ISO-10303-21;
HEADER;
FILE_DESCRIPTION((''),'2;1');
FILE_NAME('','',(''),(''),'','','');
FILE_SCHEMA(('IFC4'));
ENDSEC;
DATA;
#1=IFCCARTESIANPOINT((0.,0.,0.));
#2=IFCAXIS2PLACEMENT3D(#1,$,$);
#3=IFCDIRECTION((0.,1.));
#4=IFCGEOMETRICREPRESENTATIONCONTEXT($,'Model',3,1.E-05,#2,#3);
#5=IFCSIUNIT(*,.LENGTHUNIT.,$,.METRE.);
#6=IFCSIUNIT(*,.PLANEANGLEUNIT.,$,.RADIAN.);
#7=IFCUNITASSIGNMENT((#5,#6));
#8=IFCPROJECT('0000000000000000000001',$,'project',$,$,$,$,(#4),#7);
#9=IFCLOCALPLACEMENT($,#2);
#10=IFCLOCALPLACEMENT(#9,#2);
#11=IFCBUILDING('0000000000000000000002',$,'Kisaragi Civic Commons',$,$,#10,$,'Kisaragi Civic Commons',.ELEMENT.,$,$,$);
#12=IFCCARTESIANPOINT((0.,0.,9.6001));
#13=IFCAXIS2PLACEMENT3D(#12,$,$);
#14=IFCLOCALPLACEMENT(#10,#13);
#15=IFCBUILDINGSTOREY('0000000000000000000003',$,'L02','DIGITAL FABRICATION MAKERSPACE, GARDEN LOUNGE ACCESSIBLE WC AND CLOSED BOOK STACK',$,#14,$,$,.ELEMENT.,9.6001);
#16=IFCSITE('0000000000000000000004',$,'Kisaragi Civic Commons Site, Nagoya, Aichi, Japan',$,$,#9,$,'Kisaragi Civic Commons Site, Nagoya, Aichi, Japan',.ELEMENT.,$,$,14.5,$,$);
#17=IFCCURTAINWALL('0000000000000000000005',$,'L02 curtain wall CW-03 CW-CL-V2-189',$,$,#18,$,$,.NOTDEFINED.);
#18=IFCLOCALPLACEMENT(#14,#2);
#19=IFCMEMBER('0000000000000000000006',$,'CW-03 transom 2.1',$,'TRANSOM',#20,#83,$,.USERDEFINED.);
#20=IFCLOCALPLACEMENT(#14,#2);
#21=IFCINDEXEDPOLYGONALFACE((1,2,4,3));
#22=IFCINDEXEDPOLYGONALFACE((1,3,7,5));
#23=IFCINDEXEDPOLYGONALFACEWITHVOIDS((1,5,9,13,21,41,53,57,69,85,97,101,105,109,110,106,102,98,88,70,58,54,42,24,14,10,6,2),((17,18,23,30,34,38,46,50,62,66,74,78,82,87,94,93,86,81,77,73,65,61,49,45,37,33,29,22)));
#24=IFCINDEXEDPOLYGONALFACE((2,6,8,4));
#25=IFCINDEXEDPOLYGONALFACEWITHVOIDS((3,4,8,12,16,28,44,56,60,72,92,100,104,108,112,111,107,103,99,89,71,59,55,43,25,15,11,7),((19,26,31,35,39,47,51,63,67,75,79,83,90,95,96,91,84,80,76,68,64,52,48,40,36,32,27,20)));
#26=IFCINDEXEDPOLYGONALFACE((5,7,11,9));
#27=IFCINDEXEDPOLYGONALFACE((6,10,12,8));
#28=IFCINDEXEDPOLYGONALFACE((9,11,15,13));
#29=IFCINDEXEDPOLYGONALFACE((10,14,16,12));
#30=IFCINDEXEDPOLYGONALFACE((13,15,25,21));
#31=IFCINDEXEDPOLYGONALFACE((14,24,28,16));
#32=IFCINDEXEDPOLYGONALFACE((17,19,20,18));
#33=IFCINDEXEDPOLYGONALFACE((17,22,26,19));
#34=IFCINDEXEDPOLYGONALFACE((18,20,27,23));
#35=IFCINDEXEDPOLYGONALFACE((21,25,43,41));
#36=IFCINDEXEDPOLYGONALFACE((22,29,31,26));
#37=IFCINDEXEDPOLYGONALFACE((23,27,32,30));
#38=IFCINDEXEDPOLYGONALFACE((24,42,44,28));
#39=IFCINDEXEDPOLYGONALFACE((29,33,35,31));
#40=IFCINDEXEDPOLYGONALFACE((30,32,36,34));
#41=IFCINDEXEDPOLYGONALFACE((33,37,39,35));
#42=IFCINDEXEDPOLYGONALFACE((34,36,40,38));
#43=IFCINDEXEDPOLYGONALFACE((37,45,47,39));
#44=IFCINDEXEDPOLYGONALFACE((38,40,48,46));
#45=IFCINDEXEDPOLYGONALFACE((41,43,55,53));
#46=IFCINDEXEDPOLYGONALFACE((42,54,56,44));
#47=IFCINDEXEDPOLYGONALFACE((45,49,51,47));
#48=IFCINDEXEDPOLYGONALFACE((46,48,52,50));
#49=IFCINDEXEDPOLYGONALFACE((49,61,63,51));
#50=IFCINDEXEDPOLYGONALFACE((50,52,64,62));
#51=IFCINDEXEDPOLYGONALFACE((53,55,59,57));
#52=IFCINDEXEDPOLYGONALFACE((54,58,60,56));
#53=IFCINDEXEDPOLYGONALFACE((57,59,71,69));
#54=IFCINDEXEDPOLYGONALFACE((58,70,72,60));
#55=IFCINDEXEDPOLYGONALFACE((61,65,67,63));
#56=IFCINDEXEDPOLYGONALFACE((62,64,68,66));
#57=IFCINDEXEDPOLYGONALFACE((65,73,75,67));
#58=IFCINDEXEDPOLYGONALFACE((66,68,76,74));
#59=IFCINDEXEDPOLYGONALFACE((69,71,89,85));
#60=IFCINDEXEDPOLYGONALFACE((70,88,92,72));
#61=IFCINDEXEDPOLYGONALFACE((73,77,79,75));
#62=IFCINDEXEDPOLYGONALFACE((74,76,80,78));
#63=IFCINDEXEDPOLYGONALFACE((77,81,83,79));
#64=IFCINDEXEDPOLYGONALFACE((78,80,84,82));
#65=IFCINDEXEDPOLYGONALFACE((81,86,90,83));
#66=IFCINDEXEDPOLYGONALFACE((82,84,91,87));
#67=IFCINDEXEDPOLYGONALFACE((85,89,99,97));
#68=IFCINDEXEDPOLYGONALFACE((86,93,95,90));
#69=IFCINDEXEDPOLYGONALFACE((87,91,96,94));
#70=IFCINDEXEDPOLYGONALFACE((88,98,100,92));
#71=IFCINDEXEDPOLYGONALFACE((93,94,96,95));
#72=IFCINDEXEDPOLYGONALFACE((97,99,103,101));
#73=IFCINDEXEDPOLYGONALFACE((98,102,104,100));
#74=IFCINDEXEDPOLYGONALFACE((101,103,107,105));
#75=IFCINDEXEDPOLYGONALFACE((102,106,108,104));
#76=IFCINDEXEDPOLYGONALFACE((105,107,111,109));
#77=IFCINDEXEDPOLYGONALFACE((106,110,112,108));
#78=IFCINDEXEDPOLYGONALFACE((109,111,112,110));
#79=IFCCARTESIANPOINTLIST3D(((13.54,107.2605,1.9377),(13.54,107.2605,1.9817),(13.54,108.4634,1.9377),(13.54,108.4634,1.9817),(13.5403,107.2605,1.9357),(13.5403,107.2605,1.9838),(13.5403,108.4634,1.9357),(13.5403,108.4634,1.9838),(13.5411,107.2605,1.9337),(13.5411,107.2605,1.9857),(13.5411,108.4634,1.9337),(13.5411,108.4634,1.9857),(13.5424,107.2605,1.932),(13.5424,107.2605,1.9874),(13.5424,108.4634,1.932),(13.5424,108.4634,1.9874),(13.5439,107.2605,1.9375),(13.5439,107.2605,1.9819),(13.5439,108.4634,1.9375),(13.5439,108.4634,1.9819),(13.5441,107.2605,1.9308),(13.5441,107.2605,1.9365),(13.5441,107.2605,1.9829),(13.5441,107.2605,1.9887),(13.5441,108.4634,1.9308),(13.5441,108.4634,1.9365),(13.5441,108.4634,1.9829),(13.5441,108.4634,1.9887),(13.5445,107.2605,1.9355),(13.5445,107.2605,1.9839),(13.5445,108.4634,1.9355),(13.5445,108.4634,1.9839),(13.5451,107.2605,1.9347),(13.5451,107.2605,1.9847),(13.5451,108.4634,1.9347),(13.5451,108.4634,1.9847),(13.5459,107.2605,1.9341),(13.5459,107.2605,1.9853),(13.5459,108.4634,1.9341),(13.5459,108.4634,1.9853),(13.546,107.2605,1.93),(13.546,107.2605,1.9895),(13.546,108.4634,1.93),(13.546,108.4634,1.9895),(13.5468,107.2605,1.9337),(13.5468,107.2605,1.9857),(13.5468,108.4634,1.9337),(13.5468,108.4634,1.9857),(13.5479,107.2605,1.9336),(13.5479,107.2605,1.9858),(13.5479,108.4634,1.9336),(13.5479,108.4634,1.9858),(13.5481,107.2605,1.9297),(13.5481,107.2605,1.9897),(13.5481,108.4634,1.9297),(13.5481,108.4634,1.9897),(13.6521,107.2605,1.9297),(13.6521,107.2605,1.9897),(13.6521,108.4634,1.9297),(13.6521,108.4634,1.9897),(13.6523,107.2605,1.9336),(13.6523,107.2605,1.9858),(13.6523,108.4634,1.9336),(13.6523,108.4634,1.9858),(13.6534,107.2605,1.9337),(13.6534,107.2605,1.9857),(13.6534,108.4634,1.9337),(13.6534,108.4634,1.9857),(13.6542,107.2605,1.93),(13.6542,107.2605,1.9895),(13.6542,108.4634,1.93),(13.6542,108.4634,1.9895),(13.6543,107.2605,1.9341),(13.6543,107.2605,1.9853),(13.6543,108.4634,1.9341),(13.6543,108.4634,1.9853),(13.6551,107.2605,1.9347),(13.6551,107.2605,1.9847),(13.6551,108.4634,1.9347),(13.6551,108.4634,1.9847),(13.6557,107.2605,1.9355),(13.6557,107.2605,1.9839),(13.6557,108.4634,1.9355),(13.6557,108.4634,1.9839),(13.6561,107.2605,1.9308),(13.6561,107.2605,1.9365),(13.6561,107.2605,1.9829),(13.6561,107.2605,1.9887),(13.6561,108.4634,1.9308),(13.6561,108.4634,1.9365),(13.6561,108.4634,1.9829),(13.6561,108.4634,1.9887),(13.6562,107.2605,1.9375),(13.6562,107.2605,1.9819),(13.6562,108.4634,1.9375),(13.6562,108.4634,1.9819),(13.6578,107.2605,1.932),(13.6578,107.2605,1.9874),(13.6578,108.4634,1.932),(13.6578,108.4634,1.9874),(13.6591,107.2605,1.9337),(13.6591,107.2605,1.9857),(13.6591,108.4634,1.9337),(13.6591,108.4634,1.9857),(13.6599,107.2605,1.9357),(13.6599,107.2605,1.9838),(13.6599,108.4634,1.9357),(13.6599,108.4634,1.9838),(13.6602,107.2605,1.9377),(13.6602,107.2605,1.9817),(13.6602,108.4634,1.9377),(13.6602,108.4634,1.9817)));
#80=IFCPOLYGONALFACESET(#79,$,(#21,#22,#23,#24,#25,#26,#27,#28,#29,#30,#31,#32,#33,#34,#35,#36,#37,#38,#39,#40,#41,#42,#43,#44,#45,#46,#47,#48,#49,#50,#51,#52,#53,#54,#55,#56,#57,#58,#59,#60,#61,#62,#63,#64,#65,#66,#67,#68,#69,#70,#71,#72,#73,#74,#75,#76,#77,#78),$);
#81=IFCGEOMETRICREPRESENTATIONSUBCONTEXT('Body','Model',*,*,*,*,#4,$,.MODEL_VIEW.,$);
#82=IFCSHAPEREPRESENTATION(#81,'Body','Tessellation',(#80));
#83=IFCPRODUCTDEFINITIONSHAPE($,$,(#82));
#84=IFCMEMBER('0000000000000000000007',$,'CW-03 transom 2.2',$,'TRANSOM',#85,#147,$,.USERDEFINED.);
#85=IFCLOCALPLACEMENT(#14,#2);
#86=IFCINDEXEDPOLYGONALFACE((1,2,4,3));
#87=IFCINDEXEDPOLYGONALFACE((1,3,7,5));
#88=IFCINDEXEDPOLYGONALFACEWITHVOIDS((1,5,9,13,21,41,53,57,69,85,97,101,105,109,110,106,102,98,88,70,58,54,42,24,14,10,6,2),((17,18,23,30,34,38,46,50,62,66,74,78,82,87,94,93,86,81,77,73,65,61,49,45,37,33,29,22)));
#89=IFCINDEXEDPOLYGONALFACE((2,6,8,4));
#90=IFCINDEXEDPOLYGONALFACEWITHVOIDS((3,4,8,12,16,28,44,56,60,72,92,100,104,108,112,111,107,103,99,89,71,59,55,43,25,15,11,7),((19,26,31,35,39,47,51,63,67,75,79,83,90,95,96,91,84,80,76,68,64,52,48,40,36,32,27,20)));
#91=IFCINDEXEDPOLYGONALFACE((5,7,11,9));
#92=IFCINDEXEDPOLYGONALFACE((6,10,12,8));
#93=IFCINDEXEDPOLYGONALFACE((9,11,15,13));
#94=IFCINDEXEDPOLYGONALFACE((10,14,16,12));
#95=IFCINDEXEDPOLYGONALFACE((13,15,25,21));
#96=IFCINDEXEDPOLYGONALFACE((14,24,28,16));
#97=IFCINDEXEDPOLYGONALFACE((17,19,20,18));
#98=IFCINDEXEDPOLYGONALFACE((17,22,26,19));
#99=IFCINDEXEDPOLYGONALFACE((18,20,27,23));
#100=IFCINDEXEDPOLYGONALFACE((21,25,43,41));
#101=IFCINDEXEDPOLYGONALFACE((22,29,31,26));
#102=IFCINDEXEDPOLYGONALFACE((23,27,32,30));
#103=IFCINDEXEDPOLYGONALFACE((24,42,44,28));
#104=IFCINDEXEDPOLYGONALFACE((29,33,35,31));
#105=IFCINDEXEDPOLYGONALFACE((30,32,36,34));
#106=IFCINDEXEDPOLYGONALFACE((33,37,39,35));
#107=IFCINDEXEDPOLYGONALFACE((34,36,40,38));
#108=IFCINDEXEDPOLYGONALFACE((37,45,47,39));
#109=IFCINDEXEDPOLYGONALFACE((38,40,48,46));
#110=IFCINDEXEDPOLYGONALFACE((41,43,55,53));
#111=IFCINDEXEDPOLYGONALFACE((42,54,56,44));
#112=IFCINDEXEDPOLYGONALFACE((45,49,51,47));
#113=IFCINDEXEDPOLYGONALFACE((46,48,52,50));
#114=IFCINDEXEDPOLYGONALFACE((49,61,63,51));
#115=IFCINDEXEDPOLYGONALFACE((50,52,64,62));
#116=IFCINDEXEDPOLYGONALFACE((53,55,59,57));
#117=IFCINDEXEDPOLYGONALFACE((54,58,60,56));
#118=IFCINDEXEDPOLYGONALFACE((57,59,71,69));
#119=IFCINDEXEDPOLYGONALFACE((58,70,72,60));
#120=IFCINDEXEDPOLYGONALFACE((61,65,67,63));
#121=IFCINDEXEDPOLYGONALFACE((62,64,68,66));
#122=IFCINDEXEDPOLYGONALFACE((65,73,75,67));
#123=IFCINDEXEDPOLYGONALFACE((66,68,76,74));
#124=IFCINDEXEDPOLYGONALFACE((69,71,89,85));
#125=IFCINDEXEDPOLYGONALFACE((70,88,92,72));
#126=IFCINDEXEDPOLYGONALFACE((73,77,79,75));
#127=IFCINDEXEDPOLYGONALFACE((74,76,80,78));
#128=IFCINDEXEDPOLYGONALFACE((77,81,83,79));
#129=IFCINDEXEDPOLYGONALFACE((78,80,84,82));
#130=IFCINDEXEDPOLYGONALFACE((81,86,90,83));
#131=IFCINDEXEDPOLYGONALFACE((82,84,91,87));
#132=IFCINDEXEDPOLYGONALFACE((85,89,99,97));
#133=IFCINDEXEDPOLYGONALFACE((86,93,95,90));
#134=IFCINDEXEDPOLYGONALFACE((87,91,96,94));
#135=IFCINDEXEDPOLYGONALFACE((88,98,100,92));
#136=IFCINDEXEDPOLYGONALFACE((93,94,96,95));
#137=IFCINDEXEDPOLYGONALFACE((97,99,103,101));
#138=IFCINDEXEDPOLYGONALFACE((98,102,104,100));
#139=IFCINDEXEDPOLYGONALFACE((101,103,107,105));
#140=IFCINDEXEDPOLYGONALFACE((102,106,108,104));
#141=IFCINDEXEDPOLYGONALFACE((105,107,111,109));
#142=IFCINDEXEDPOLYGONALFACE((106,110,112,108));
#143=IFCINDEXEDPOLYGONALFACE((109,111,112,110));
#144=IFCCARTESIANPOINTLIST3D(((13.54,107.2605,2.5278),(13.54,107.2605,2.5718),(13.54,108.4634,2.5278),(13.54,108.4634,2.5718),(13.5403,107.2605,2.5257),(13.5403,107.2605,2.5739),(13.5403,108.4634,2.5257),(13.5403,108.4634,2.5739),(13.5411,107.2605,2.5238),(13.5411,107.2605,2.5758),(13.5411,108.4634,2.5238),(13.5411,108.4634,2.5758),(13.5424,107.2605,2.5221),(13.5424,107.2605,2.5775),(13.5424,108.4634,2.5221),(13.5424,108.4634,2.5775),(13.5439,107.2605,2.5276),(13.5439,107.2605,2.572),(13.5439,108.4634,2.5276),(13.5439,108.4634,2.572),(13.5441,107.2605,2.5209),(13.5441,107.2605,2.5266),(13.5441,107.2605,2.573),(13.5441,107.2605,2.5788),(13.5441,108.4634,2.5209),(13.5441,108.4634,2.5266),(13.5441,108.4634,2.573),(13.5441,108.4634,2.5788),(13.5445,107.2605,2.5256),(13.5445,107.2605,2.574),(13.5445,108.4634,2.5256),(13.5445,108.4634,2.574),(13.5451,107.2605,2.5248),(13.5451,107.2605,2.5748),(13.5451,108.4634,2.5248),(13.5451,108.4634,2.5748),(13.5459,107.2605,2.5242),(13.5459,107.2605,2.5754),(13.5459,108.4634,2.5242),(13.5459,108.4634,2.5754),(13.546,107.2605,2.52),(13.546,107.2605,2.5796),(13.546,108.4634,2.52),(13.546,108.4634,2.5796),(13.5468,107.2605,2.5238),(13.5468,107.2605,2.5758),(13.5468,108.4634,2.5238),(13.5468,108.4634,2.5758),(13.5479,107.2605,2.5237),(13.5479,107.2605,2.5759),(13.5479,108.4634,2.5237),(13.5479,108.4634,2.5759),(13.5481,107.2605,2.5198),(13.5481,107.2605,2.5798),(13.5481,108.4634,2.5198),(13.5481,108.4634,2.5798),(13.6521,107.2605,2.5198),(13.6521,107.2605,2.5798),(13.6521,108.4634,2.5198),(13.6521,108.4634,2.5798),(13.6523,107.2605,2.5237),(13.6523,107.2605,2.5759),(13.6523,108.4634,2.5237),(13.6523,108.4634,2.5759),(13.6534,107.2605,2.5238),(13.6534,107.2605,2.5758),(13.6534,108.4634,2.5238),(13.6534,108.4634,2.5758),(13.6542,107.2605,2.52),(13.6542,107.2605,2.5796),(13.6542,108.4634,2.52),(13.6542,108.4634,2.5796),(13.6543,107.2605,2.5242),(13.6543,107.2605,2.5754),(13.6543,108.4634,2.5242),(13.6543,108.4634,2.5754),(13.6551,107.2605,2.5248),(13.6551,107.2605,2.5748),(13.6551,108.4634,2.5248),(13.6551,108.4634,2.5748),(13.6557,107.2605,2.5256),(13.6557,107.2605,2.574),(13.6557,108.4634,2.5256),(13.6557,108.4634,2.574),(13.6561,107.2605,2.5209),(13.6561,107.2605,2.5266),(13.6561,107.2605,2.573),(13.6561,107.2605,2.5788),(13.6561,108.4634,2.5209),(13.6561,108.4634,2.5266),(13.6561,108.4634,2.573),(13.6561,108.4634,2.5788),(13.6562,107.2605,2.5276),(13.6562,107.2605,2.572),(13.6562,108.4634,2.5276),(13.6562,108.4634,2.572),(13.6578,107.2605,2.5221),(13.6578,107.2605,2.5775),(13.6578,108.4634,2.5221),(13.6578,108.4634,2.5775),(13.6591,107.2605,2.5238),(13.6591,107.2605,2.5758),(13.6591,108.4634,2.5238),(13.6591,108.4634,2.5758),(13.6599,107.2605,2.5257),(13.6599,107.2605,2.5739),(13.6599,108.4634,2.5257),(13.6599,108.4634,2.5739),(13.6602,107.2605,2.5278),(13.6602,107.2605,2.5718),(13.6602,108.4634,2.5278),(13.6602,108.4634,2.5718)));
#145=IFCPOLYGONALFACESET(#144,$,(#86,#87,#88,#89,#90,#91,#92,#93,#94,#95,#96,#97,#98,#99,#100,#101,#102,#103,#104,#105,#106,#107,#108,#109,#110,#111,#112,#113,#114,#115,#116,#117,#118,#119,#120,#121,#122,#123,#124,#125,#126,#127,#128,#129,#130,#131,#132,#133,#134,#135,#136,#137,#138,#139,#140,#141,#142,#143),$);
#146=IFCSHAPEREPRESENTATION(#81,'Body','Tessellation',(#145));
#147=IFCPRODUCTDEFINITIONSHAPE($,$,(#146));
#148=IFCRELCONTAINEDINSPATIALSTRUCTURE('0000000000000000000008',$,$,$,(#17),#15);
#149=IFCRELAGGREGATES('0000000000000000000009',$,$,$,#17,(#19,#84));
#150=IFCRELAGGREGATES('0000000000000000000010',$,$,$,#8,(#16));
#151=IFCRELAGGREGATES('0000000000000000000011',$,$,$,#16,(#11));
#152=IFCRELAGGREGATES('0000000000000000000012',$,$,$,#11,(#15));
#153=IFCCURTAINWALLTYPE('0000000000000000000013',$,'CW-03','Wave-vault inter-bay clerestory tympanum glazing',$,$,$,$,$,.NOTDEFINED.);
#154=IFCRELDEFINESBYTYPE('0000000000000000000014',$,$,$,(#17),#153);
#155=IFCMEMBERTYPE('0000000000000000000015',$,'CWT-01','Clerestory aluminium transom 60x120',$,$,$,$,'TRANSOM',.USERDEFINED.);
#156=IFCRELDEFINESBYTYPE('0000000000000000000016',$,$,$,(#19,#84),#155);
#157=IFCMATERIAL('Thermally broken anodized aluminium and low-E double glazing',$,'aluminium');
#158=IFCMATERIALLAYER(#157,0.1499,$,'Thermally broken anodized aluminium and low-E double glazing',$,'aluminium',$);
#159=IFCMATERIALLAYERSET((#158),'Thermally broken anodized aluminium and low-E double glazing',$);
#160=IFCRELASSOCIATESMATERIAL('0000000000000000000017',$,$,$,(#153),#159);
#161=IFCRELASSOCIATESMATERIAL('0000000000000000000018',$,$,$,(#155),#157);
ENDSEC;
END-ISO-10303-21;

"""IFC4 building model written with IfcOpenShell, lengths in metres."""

from ifc_helpers import new_model, si_unit, direction, frame, origin, origin_2d, place, context, subcontext, project, spatial, hollow_rectangle, extrude, material, layer, layer_set, material_profile, profile_set, type_object, element, aggregate, save


model = new_model("IFC4")

# Units and contexts
model_context = context("Model", 3, precision=1e-05, world=origin(), true_north=direction((0.0, 1.0)))
body_context = subcontext(model_context, "Body", "Model", "MODEL_VIEW")
ifc_project = project(units=[si_unit("LENGTHUNIT", "METRE"), si_unit("PLANEANGLEUNIT", "RADIAN")], contexts=[model_context])

# Site, building, storey
site_placement = place(None, origin())
site = spatial("IfcSite", under=ifc_project, at=site_placement, Name="Kisaragi Civic Commons Site, Nagoya, Aichi, Japan", LongName="Kisaragi Civic Commons Site, Nagoya, Aichi, Japan", CompositionType="ELEMENT", RefElevation=14.5)
building_placement = place(site_placement, origin())
building = spatial("IfcBuilding", under=site, at=building_placement, Name="Kisaragi Civic Commons", LongName="Kisaragi Civic Commons", CompositionType="ELEMENT")
storey_placement = place(building_placement, frame((0.0, 0.0, 9.6001)))
storey = spatial("IfcBuildingStorey", under=building, at=storey_placement, Name="L02", Description="DIGITAL FABRICATION MAKERSPACE, GARDEN LOUNGE ACCESSIBLE WC AND CLOSED BOOK STACK", CompositionType="ELEMENT", Elevation=9.6001)

# Curtain wall, members
ifc_material_1 = material(Name="Thermally broken anodized aluminium and low-E double glazing", Category="aluminium")
ifc_layer_1 = layer(ifc_material_1, 0.1499, Name="Thermally broken anodized aluminium and low-E double glazing", Category="aluminium")
ifc_layer_set_1 = layer_set([ifc_layer_1], Name="Thermally broken anodized aluminium and low-E double glazing")
curtain_wall_type = type_object("IfcCurtainWallType", Name="CW-03", Description="Wave-vault inter-bay clerestory tympanum glazing", PredefinedType="NOTDEFINED", material=ifc_layer_set_1)
curtain_wall_placement = place(storey_placement, origin())
curtain_wall = element("IfcCurtainWall", 1, at=curtain_wall_placement, inside=storey, type_object=curtain_wall_type, Name="L02 curtain wall CW-03 CW-CL-V2-189", PredefinedType="NOTDEFINED")
ifc_material_profile_1 = material_profile(ifc_material_1, hollow_rectangle(XDim=0.1201, YDim=0.0601, WallThickness=0.0039, InnerFilletRadius=0.0039, OuterFilletRadius=0.0081, at=origin_2d()), Name="CWT-60x120x4", Category="aluminium")
ifc_profile_set_1 = profile_set([ifc_material_profile_1], Name="Thermally broken anodized aluminium and low-E double glazing")
member_type_1 = type_object("IfcMemberType", Name="CWT-01", Description="Clerestory aluminium transom 60x120", ElementType="TRANSOM", PredefinedType="USERDEFINED", material=ifc_profile_set_1)
member_1_placement = place(storey_placement, frame((13.6001, 107.2605, 1.9597), z_axis=(0.0, 1.0, 0.0), x_axis=(-1.0, 0.0, 0.0)))
member_1 = element("IfcMember", 2, at=member_1_placement, type_object=member_type_1, Name="CW-03 transom 2.1", ObjectType="TRANSOM", PredefinedType="USERDEFINED", context=body_context, shape_type="SweptSolid", body=[
    extrude(hollow_rectangle(XDim=0.1201, YDim=0.0601, WallThickness=0.0039, InnerFilletRadius=0.0039, OuterFilletRadius=0.0081, at=origin_2d()), origin(), (0.0, 0.0, 1.0), 1.2029),
])
member_2_placement = place(storey_placement, frame((13.6001, 107.2605, 2.5498), z_axis=(0.0, 1.0, 0.0), x_axis=(-1.0, 0.0, 0.0)))
member_2 = element("IfcMember", 3, at=member_2_placement, type_object=member_type_1, Name="CW-03 transom 2.2", ObjectType="TRANSOM", PredefinedType="USERDEFINED", context=body_context, shape_type="SweptSolid", body=[
    extrude(hollow_rectangle(XDim=0.1201, YDim=0.0601, WallThickness=0.0039, InnerFilletRadius=0.0039, OuterFilletRadius=0.0081, at=origin_2d()), origin(), (0.0, 0.0, 1.0), 1.2029),
])

aggregate(curtain_wall, [member_1, member_2])

save(model, "model.ifc")
